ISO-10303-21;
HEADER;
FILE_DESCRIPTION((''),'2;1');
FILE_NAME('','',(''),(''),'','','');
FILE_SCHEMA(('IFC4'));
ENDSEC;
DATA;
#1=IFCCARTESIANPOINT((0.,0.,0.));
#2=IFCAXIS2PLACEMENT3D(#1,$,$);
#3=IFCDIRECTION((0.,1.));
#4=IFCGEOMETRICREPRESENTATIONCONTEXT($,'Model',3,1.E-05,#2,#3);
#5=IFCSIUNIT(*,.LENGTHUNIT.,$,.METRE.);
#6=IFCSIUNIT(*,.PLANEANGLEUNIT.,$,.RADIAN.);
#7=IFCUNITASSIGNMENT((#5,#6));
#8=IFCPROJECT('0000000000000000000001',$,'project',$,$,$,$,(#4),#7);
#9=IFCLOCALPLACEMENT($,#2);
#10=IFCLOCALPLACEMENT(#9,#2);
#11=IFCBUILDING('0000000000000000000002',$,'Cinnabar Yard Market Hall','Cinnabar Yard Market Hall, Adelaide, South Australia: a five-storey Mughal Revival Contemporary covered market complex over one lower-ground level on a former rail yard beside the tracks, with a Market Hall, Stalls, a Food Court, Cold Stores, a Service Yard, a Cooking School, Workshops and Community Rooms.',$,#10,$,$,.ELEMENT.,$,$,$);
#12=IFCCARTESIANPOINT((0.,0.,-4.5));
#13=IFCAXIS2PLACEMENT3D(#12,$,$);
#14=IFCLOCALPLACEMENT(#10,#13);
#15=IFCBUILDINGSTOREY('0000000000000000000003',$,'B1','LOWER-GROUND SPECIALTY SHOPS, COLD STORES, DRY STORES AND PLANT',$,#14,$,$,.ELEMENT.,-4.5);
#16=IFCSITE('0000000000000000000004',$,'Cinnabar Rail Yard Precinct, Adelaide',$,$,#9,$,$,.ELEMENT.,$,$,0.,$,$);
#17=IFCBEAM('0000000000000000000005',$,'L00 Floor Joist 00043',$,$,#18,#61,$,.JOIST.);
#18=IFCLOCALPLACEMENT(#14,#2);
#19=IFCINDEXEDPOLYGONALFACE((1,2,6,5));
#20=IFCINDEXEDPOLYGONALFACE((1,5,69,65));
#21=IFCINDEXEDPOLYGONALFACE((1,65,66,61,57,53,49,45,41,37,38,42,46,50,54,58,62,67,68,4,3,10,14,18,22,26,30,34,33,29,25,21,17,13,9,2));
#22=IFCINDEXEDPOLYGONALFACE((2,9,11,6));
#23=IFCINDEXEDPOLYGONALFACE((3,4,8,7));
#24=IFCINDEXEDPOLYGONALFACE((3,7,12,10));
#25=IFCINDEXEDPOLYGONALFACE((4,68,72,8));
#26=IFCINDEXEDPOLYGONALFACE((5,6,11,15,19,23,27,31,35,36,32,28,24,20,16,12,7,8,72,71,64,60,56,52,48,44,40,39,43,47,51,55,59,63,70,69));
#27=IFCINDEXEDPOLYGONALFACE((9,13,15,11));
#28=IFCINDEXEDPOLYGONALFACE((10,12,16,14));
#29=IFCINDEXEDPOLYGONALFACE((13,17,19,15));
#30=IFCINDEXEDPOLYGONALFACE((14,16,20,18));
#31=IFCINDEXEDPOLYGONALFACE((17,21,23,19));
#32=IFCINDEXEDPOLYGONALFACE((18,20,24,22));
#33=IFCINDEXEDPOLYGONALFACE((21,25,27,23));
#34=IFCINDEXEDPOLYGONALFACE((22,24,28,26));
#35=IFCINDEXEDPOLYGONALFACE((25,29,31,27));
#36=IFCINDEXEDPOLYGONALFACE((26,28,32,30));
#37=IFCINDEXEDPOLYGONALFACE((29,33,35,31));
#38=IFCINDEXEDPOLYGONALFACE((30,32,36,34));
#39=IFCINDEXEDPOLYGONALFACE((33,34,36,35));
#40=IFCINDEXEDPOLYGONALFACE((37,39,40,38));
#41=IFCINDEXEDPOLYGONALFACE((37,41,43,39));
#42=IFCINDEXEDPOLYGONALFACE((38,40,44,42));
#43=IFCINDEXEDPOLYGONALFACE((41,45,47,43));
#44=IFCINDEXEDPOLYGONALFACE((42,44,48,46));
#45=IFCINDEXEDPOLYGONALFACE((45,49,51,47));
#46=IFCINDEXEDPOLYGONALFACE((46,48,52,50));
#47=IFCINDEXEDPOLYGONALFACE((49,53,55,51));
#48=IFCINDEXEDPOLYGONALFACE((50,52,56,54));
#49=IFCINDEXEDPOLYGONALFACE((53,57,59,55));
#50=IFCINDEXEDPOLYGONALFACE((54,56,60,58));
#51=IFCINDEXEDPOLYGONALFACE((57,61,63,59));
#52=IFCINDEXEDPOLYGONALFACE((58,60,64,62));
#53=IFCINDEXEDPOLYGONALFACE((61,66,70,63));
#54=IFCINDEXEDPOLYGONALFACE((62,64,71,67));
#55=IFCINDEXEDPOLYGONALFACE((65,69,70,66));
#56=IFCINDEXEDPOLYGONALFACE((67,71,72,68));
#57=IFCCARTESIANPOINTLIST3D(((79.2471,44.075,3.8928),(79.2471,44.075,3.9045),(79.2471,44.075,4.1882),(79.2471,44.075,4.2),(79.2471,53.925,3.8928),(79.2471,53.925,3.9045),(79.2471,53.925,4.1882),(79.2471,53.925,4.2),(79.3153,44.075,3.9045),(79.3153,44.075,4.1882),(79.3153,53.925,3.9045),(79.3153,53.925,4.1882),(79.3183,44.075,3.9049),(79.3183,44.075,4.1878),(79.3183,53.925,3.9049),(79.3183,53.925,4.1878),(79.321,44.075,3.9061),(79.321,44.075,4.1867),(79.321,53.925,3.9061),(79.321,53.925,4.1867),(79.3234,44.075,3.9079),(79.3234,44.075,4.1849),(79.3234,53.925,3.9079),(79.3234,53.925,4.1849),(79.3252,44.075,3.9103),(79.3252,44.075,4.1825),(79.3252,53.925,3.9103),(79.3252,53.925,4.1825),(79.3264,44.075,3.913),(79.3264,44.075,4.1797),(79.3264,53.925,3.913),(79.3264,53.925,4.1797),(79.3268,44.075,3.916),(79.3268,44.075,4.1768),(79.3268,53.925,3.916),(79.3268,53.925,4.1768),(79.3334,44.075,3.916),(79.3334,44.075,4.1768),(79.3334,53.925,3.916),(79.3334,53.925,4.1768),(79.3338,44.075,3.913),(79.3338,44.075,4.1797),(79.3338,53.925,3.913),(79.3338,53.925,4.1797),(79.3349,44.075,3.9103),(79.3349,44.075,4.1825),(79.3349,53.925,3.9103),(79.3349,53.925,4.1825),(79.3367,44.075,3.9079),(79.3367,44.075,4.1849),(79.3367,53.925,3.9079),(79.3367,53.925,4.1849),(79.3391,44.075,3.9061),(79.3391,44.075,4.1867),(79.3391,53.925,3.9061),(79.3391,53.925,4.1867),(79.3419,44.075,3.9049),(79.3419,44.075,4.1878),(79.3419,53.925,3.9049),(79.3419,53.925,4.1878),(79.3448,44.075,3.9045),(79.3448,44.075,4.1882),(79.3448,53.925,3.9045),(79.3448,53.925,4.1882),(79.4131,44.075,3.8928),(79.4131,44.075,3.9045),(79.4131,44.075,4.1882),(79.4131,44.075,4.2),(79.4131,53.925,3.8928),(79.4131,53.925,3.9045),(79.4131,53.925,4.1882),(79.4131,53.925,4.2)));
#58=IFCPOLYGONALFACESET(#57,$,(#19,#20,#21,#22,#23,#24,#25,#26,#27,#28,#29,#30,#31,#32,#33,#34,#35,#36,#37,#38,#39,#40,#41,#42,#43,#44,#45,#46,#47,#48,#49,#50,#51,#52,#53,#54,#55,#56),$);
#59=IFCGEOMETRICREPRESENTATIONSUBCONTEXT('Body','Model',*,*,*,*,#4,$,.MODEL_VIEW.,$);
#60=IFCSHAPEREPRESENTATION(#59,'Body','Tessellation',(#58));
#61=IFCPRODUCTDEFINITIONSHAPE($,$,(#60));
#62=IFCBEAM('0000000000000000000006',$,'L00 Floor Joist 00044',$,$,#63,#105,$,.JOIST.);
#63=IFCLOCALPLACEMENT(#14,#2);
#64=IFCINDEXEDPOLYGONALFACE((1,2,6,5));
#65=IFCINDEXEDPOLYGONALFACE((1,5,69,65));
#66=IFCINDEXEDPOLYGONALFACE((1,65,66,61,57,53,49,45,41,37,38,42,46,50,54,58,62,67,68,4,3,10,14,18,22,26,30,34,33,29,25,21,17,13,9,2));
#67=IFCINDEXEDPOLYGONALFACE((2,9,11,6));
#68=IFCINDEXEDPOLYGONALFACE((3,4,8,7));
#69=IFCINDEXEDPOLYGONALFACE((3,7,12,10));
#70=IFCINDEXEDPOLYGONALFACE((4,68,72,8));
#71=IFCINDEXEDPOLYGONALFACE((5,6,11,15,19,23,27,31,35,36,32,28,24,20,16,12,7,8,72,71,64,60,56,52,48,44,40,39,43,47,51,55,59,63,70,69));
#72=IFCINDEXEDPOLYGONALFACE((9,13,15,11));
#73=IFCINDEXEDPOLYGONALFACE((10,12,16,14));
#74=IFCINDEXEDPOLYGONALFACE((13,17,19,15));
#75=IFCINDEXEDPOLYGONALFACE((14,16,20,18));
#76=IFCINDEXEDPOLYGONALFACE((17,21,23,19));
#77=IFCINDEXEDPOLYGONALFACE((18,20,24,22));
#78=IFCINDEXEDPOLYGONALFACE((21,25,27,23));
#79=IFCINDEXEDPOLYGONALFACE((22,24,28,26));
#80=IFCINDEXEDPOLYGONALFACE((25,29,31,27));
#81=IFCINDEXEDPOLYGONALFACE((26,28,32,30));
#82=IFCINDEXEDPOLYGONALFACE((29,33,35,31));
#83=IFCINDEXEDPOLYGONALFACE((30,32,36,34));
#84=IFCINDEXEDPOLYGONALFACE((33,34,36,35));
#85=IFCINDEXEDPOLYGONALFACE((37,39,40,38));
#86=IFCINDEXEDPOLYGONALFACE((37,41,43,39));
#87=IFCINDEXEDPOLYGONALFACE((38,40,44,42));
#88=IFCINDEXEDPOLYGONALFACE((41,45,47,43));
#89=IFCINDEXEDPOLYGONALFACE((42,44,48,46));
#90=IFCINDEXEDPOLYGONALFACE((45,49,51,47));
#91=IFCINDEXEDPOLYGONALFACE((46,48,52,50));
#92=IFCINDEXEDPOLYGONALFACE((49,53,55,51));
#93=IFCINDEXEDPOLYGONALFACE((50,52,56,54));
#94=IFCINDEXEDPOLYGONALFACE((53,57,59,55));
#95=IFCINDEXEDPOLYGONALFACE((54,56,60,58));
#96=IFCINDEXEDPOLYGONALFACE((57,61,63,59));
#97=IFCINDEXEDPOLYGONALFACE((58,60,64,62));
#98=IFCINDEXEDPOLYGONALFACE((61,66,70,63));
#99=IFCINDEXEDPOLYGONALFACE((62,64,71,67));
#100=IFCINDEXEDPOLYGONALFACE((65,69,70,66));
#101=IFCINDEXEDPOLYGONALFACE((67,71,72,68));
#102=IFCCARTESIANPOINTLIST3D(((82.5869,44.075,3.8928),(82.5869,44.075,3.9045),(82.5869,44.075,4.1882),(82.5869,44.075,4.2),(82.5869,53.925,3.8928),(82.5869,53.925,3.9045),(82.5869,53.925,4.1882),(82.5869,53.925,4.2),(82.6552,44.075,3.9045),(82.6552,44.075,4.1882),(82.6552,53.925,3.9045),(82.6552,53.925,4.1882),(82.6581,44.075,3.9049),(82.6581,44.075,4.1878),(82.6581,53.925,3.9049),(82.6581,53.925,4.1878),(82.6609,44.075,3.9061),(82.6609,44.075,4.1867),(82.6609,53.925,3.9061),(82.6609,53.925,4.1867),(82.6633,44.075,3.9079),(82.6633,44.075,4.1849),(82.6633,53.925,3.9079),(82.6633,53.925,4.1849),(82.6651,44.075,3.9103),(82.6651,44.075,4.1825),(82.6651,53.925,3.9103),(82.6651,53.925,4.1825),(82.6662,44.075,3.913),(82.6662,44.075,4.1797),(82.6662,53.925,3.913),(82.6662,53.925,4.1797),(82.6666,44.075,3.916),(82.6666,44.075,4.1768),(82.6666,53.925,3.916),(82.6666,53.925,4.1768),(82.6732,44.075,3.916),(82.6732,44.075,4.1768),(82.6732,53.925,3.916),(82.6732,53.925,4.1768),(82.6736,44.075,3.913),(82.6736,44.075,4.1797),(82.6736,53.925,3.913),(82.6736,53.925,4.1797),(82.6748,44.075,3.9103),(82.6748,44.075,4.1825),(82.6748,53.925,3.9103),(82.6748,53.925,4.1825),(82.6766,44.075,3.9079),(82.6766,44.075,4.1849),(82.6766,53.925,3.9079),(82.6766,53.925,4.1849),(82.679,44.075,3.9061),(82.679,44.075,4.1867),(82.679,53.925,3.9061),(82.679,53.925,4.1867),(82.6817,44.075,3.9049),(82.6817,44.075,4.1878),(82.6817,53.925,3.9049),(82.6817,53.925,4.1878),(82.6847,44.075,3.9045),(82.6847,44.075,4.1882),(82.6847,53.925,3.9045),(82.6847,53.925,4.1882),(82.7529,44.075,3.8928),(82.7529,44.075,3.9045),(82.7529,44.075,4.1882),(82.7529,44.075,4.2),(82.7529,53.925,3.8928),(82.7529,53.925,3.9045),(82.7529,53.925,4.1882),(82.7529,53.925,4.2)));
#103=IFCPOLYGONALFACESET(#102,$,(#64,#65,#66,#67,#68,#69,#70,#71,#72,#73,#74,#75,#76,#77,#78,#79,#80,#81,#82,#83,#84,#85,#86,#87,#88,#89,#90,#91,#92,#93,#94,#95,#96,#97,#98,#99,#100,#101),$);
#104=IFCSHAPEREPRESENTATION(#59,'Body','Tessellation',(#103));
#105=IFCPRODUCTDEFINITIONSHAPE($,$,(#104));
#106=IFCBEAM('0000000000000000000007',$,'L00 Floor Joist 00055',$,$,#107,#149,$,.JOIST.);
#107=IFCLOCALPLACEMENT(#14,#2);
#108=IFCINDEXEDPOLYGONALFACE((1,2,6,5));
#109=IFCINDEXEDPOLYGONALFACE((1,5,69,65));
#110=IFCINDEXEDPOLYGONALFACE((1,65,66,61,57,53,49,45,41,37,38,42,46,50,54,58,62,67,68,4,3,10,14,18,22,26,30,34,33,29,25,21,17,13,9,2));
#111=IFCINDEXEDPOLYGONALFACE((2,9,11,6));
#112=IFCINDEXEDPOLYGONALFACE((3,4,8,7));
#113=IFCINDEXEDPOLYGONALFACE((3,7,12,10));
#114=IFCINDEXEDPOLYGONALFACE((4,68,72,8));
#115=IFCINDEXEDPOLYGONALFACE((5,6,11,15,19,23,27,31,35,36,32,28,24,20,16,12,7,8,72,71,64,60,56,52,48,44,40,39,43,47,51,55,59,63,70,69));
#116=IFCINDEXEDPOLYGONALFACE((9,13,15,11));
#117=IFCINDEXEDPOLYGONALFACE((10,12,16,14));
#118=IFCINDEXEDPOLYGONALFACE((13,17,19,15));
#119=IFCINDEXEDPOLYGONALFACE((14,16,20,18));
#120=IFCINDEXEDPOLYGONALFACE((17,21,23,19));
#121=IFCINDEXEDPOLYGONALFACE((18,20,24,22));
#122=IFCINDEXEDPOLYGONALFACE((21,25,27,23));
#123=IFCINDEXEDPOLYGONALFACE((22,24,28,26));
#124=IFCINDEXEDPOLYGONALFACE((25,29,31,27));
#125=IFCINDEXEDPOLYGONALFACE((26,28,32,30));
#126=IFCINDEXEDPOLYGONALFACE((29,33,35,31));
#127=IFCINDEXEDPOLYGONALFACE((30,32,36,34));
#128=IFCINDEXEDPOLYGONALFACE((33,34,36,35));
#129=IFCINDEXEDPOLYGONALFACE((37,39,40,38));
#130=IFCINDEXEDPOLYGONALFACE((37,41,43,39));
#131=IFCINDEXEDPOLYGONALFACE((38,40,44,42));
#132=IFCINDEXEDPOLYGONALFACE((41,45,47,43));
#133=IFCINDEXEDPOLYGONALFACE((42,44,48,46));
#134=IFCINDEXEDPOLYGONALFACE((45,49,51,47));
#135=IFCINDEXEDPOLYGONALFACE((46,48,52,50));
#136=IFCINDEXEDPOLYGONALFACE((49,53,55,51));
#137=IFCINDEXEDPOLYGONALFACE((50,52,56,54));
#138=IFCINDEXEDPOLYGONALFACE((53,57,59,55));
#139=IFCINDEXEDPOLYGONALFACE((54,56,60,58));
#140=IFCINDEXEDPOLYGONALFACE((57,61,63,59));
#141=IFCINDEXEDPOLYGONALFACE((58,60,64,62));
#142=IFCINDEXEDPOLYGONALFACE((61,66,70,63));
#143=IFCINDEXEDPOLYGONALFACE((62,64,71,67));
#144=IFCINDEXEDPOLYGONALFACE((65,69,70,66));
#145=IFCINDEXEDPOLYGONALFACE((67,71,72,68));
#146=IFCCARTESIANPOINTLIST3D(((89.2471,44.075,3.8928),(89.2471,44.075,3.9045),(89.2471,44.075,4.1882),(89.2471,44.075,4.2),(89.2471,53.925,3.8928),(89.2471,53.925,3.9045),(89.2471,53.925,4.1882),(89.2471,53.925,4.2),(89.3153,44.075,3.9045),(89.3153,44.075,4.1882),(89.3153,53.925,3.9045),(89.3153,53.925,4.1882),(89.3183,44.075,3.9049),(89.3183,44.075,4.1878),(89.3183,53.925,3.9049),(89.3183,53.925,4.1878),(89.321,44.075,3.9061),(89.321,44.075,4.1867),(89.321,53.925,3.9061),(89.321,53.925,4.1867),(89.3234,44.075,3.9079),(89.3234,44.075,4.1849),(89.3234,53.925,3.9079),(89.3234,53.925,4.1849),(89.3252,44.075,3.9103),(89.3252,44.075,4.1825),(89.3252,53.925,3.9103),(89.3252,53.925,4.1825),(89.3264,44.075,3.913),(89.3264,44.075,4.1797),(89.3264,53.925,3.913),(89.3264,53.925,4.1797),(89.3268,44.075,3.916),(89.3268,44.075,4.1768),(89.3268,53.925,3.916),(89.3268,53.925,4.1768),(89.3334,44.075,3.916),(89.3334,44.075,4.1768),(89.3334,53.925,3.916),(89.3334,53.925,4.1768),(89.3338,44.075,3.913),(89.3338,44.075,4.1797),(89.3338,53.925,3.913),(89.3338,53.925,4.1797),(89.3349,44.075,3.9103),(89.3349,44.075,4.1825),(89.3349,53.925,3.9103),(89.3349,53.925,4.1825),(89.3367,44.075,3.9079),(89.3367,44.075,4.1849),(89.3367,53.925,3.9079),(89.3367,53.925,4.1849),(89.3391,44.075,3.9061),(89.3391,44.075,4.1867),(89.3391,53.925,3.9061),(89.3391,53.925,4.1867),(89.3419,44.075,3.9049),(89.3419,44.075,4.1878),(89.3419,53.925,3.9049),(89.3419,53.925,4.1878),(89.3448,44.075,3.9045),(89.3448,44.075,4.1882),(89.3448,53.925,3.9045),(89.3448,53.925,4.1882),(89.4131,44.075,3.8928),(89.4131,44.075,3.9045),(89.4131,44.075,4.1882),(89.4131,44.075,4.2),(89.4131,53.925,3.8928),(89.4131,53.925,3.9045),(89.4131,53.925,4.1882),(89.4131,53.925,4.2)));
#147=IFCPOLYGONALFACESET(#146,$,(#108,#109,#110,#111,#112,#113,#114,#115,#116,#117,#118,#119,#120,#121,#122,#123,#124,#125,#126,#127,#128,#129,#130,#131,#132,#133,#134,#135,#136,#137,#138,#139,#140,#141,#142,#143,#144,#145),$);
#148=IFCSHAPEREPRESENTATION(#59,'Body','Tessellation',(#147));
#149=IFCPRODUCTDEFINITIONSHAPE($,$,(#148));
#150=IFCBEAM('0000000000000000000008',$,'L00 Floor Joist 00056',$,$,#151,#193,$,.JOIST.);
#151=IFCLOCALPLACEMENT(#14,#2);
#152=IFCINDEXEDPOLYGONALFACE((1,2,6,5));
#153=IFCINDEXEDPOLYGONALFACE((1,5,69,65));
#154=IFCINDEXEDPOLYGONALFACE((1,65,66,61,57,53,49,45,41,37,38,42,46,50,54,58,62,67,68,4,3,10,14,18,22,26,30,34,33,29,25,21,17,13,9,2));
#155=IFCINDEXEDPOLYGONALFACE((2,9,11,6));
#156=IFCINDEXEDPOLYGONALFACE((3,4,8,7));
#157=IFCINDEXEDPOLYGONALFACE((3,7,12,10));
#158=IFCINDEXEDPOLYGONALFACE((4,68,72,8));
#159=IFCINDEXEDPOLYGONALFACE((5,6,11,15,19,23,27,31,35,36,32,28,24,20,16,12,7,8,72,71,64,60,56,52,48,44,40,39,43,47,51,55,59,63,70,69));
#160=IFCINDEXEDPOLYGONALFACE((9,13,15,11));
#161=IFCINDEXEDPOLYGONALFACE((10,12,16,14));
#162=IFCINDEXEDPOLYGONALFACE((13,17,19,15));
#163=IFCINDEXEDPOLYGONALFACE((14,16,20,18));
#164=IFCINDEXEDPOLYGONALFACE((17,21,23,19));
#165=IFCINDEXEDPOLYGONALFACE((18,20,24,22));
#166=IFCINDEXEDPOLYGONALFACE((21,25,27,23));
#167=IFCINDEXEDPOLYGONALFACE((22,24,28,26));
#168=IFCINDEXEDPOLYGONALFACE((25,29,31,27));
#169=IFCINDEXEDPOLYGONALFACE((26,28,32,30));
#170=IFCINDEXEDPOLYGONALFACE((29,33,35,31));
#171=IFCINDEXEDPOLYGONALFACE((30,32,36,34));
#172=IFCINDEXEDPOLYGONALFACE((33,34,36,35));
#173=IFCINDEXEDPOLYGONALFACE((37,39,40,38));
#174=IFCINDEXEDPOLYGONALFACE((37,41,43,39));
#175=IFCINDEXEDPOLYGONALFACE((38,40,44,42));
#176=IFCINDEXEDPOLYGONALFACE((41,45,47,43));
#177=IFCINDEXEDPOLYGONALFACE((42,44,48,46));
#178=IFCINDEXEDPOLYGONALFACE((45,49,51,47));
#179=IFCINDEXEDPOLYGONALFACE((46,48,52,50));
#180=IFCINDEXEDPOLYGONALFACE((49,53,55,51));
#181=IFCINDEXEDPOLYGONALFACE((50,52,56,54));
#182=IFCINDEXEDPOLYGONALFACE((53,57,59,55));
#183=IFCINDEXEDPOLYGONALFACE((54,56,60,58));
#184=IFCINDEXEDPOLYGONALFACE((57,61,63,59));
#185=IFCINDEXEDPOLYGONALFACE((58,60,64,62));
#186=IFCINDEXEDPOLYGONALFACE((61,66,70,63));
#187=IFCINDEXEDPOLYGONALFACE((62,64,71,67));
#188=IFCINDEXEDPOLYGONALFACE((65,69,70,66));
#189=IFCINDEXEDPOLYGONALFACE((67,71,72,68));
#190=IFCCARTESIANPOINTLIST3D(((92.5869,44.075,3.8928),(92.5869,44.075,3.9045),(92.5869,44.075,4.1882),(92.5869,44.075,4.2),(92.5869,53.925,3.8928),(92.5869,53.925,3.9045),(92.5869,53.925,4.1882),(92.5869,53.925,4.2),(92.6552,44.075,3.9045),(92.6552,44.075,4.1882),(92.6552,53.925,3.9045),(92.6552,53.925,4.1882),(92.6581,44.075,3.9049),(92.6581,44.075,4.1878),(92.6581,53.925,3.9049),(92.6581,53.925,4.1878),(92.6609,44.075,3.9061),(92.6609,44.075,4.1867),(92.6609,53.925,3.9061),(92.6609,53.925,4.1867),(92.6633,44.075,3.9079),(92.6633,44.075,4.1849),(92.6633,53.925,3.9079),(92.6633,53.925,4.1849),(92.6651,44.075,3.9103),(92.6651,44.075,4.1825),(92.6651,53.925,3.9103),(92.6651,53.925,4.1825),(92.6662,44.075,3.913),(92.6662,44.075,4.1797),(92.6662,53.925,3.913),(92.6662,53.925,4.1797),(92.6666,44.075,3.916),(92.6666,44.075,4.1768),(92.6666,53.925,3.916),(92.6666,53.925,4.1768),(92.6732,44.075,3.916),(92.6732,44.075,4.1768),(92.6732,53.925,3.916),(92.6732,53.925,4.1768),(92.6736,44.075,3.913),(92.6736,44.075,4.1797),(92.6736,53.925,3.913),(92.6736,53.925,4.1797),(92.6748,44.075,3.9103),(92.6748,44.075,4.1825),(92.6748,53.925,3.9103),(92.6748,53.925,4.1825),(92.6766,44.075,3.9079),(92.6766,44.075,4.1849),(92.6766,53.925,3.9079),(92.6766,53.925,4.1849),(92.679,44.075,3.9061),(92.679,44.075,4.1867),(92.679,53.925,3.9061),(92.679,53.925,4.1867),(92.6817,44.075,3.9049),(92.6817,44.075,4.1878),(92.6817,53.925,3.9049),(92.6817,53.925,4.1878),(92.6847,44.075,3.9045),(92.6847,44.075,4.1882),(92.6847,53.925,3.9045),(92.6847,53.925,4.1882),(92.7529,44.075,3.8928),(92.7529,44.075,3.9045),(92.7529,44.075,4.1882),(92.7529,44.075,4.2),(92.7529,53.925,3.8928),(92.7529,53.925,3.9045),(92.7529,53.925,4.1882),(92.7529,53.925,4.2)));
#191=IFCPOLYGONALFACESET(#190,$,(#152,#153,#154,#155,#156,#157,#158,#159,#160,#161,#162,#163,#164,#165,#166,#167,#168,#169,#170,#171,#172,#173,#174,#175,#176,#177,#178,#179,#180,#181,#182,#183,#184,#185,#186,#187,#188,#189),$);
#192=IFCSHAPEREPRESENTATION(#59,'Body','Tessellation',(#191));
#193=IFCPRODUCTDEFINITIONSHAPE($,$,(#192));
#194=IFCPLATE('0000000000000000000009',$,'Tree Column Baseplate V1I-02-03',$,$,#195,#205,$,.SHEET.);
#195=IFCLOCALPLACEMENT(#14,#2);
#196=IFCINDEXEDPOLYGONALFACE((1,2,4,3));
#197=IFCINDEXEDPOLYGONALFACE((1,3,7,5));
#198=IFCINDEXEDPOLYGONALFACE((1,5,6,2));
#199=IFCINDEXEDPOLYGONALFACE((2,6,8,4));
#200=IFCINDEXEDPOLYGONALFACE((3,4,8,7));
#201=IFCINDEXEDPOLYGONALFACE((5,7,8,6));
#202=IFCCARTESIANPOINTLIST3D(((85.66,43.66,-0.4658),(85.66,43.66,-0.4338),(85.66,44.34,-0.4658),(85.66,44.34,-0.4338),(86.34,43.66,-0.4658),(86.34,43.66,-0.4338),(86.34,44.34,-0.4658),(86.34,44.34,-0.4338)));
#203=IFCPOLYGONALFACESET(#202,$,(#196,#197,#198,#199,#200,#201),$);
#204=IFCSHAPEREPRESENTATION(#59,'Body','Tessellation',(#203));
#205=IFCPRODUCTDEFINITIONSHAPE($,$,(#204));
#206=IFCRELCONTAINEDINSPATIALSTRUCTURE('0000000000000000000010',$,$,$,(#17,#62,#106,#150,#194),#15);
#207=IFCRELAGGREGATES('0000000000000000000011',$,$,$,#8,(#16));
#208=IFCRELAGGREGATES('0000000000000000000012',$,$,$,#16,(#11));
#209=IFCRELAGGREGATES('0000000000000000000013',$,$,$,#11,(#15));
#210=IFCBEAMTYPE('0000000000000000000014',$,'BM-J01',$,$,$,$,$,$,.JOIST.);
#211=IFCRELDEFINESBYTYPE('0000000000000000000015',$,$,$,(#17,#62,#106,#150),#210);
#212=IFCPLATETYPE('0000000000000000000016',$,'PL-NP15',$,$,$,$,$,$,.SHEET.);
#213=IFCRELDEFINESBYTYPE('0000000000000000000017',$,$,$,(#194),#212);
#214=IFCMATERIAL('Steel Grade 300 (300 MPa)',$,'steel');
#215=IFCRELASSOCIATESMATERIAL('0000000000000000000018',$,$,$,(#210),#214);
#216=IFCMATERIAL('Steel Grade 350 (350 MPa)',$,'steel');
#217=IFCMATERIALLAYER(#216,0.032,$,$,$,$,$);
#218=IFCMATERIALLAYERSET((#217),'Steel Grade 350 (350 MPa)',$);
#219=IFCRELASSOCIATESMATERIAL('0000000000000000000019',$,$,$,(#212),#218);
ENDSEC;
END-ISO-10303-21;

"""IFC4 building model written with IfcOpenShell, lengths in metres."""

from ifc_helpers import new_model, si_unit, direction, frame, origin, origin_2d_with_axis, place, context, subcontext, project, spatial, rectangle, i_section, extrude, material, layer, layer_set, material_profile, profile_set, type_object, element, save


model = new_model("IFC4")

# Units and contexts
model_context = context("Model", 3, precision=1e-05, world=origin(), true_north=direction((0.0, 1.0)))
body_context = subcontext(model_context, "Body", "Model", "MODEL_VIEW")
ifc_project = project(units=[si_unit("LENGTHUNIT", "METRE"), si_unit("PLANEANGLEUNIT", "RADIAN")], contexts=[model_context])

# Site, building, storey
site_placement = place(None, origin())
site = spatial("IfcSite", under=ifc_project, at=site_placement, Name="Cinnabar Rail Yard Precinct, Adelaide", CompositionType="ELEMENT", RefElevation=0.0)
building_placement = place(site_placement, origin())
building = spatial("IfcBuilding", under=site, at=building_placement, Name="Cinnabar Yard Market Hall", Description="Cinnabar Yard Market Hall, Adelaide, South Australia: a five-storey Mughal Revival Contemporary covered market complex over one lower-ground level on a former rail yard beside the tracks, with a Market Hall, Stalls, a Food Court, Cold Stores, a Service Yard, a Cooking School, Workshops and Community Rooms.", CompositionType="ELEMENT")
storey_placement = place(building_placement, frame((0.0, 0.0, -4.5)))
storey = spatial("IfcBuildingStorey", under=building, at=storey_placement, Name="B1", Description="LOWER-GROUND SPECIALTY SHOPS, COLD STORES, DRY STORES AND PLANT", CompositionType="ELEMENT", Elevation=-4.5)

# Beams
ifc_material_1 = material(Name="Steel Grade 300 (300 MPa)", Category="steel")
ifc_material_profile_1 = material_profile(ifc_material_1, i_section(OverallWidth=0.166, OverallDepth=0.3071, WebThickness=0.0066, FlangeThickness=0.0117, FilletRadius=0.0115, at=origin_2d_with_axis()), Name="310UB46.2")
ifc_profile_set_1 = profile_set([ifc_material_profile_1], Name="Steel Grade 300 (300 MPa)")
beam_type_1 = type_object("IfcBeamType", Name="BM-J01", PredefinedType="JOIST", material=ifc_profile_set_1)
for number, where, z_axis, x_axis, name in (
    (1, (79.3301, 44.075, 4.0464), (0.0, 1.0, 0.0), (-1.0, 0.0, 0.0), "L00 Floor Joist 00043"),
    (2, (82.6699, 44.075, 4.0464), (0.0, 1.0, 0.0), (-1.0, 0.0, 0.0), "L00 Floor Joist 00044"),
    (3, (89.3301, 44.075, 4.0464), (0.0, 1.0, 0.0), (-1.0, 0.0, 0.0), "L00 Floor Joist 00055"),
    (4, (92.6699, 44.075, 4.0464), (0.0, 1.0, 0.0), (-1.0, 0.0, 0.0), "L00 Floor Joist 00056"),
):
    element("IfcBeam", number, at=place(storey_placement, frame(where, z_axis=z_axis, x_axis=x_axis)), inside=storey, type_object=beam_type_1, Name=name, PredefinedType="JOIST", context=body_context, shape_type="SweptSolid", body=[
        extrude(i_section(OverallWidth=0.166, OverallDepth=0.3071, WebThickness=0.0066, FlangeThickness=0.0117, FilletRadius=0.0115, at=origin_2d_with_axis()), origin(), (0.0, 0.0, 1.0), 9.8501),
    ])

# Plate
ifc_material_2 = material(Name="Steel Grade 350 (350 MPa)", Category="steel")
ifc_layer_1 = layer(ifc_material_2, 0.032)
ifc_layer_set_1 = layer_set([ifc_layer_1], Name="Steel Grade 350 (350 MPa)")
plate_type = type_object("IfcPlateType", Name="PL-NP15", PredefinedType="SHEET", material=ifc_layer_set_1)
for number, where, z_axis, x_axis, name in (
    (5, (86.0, 44.0, -0.4658), (0.0, 0.0, 1.0), (1.0, 0.0, 0.0), "Tree Column Baseplate V1I-02-03"),
):
    element("IfcPlate", number, at=place(storey_placement, frame(where, z_axis=z_axis, x_axis=x_axis)), inside=storey, type_object=plate_type, Name=name, PredefinedType="SHEET", context=body_context, shape_type="SweptSolid", body=[
        extrude(rectangle(XDim=0.6799, YDim=0.6799, at=origin_2d_with_axis()), origin(), (0.0, 0.0, 1.0), 0.032),
    ])

save(model, "model.ifc")
